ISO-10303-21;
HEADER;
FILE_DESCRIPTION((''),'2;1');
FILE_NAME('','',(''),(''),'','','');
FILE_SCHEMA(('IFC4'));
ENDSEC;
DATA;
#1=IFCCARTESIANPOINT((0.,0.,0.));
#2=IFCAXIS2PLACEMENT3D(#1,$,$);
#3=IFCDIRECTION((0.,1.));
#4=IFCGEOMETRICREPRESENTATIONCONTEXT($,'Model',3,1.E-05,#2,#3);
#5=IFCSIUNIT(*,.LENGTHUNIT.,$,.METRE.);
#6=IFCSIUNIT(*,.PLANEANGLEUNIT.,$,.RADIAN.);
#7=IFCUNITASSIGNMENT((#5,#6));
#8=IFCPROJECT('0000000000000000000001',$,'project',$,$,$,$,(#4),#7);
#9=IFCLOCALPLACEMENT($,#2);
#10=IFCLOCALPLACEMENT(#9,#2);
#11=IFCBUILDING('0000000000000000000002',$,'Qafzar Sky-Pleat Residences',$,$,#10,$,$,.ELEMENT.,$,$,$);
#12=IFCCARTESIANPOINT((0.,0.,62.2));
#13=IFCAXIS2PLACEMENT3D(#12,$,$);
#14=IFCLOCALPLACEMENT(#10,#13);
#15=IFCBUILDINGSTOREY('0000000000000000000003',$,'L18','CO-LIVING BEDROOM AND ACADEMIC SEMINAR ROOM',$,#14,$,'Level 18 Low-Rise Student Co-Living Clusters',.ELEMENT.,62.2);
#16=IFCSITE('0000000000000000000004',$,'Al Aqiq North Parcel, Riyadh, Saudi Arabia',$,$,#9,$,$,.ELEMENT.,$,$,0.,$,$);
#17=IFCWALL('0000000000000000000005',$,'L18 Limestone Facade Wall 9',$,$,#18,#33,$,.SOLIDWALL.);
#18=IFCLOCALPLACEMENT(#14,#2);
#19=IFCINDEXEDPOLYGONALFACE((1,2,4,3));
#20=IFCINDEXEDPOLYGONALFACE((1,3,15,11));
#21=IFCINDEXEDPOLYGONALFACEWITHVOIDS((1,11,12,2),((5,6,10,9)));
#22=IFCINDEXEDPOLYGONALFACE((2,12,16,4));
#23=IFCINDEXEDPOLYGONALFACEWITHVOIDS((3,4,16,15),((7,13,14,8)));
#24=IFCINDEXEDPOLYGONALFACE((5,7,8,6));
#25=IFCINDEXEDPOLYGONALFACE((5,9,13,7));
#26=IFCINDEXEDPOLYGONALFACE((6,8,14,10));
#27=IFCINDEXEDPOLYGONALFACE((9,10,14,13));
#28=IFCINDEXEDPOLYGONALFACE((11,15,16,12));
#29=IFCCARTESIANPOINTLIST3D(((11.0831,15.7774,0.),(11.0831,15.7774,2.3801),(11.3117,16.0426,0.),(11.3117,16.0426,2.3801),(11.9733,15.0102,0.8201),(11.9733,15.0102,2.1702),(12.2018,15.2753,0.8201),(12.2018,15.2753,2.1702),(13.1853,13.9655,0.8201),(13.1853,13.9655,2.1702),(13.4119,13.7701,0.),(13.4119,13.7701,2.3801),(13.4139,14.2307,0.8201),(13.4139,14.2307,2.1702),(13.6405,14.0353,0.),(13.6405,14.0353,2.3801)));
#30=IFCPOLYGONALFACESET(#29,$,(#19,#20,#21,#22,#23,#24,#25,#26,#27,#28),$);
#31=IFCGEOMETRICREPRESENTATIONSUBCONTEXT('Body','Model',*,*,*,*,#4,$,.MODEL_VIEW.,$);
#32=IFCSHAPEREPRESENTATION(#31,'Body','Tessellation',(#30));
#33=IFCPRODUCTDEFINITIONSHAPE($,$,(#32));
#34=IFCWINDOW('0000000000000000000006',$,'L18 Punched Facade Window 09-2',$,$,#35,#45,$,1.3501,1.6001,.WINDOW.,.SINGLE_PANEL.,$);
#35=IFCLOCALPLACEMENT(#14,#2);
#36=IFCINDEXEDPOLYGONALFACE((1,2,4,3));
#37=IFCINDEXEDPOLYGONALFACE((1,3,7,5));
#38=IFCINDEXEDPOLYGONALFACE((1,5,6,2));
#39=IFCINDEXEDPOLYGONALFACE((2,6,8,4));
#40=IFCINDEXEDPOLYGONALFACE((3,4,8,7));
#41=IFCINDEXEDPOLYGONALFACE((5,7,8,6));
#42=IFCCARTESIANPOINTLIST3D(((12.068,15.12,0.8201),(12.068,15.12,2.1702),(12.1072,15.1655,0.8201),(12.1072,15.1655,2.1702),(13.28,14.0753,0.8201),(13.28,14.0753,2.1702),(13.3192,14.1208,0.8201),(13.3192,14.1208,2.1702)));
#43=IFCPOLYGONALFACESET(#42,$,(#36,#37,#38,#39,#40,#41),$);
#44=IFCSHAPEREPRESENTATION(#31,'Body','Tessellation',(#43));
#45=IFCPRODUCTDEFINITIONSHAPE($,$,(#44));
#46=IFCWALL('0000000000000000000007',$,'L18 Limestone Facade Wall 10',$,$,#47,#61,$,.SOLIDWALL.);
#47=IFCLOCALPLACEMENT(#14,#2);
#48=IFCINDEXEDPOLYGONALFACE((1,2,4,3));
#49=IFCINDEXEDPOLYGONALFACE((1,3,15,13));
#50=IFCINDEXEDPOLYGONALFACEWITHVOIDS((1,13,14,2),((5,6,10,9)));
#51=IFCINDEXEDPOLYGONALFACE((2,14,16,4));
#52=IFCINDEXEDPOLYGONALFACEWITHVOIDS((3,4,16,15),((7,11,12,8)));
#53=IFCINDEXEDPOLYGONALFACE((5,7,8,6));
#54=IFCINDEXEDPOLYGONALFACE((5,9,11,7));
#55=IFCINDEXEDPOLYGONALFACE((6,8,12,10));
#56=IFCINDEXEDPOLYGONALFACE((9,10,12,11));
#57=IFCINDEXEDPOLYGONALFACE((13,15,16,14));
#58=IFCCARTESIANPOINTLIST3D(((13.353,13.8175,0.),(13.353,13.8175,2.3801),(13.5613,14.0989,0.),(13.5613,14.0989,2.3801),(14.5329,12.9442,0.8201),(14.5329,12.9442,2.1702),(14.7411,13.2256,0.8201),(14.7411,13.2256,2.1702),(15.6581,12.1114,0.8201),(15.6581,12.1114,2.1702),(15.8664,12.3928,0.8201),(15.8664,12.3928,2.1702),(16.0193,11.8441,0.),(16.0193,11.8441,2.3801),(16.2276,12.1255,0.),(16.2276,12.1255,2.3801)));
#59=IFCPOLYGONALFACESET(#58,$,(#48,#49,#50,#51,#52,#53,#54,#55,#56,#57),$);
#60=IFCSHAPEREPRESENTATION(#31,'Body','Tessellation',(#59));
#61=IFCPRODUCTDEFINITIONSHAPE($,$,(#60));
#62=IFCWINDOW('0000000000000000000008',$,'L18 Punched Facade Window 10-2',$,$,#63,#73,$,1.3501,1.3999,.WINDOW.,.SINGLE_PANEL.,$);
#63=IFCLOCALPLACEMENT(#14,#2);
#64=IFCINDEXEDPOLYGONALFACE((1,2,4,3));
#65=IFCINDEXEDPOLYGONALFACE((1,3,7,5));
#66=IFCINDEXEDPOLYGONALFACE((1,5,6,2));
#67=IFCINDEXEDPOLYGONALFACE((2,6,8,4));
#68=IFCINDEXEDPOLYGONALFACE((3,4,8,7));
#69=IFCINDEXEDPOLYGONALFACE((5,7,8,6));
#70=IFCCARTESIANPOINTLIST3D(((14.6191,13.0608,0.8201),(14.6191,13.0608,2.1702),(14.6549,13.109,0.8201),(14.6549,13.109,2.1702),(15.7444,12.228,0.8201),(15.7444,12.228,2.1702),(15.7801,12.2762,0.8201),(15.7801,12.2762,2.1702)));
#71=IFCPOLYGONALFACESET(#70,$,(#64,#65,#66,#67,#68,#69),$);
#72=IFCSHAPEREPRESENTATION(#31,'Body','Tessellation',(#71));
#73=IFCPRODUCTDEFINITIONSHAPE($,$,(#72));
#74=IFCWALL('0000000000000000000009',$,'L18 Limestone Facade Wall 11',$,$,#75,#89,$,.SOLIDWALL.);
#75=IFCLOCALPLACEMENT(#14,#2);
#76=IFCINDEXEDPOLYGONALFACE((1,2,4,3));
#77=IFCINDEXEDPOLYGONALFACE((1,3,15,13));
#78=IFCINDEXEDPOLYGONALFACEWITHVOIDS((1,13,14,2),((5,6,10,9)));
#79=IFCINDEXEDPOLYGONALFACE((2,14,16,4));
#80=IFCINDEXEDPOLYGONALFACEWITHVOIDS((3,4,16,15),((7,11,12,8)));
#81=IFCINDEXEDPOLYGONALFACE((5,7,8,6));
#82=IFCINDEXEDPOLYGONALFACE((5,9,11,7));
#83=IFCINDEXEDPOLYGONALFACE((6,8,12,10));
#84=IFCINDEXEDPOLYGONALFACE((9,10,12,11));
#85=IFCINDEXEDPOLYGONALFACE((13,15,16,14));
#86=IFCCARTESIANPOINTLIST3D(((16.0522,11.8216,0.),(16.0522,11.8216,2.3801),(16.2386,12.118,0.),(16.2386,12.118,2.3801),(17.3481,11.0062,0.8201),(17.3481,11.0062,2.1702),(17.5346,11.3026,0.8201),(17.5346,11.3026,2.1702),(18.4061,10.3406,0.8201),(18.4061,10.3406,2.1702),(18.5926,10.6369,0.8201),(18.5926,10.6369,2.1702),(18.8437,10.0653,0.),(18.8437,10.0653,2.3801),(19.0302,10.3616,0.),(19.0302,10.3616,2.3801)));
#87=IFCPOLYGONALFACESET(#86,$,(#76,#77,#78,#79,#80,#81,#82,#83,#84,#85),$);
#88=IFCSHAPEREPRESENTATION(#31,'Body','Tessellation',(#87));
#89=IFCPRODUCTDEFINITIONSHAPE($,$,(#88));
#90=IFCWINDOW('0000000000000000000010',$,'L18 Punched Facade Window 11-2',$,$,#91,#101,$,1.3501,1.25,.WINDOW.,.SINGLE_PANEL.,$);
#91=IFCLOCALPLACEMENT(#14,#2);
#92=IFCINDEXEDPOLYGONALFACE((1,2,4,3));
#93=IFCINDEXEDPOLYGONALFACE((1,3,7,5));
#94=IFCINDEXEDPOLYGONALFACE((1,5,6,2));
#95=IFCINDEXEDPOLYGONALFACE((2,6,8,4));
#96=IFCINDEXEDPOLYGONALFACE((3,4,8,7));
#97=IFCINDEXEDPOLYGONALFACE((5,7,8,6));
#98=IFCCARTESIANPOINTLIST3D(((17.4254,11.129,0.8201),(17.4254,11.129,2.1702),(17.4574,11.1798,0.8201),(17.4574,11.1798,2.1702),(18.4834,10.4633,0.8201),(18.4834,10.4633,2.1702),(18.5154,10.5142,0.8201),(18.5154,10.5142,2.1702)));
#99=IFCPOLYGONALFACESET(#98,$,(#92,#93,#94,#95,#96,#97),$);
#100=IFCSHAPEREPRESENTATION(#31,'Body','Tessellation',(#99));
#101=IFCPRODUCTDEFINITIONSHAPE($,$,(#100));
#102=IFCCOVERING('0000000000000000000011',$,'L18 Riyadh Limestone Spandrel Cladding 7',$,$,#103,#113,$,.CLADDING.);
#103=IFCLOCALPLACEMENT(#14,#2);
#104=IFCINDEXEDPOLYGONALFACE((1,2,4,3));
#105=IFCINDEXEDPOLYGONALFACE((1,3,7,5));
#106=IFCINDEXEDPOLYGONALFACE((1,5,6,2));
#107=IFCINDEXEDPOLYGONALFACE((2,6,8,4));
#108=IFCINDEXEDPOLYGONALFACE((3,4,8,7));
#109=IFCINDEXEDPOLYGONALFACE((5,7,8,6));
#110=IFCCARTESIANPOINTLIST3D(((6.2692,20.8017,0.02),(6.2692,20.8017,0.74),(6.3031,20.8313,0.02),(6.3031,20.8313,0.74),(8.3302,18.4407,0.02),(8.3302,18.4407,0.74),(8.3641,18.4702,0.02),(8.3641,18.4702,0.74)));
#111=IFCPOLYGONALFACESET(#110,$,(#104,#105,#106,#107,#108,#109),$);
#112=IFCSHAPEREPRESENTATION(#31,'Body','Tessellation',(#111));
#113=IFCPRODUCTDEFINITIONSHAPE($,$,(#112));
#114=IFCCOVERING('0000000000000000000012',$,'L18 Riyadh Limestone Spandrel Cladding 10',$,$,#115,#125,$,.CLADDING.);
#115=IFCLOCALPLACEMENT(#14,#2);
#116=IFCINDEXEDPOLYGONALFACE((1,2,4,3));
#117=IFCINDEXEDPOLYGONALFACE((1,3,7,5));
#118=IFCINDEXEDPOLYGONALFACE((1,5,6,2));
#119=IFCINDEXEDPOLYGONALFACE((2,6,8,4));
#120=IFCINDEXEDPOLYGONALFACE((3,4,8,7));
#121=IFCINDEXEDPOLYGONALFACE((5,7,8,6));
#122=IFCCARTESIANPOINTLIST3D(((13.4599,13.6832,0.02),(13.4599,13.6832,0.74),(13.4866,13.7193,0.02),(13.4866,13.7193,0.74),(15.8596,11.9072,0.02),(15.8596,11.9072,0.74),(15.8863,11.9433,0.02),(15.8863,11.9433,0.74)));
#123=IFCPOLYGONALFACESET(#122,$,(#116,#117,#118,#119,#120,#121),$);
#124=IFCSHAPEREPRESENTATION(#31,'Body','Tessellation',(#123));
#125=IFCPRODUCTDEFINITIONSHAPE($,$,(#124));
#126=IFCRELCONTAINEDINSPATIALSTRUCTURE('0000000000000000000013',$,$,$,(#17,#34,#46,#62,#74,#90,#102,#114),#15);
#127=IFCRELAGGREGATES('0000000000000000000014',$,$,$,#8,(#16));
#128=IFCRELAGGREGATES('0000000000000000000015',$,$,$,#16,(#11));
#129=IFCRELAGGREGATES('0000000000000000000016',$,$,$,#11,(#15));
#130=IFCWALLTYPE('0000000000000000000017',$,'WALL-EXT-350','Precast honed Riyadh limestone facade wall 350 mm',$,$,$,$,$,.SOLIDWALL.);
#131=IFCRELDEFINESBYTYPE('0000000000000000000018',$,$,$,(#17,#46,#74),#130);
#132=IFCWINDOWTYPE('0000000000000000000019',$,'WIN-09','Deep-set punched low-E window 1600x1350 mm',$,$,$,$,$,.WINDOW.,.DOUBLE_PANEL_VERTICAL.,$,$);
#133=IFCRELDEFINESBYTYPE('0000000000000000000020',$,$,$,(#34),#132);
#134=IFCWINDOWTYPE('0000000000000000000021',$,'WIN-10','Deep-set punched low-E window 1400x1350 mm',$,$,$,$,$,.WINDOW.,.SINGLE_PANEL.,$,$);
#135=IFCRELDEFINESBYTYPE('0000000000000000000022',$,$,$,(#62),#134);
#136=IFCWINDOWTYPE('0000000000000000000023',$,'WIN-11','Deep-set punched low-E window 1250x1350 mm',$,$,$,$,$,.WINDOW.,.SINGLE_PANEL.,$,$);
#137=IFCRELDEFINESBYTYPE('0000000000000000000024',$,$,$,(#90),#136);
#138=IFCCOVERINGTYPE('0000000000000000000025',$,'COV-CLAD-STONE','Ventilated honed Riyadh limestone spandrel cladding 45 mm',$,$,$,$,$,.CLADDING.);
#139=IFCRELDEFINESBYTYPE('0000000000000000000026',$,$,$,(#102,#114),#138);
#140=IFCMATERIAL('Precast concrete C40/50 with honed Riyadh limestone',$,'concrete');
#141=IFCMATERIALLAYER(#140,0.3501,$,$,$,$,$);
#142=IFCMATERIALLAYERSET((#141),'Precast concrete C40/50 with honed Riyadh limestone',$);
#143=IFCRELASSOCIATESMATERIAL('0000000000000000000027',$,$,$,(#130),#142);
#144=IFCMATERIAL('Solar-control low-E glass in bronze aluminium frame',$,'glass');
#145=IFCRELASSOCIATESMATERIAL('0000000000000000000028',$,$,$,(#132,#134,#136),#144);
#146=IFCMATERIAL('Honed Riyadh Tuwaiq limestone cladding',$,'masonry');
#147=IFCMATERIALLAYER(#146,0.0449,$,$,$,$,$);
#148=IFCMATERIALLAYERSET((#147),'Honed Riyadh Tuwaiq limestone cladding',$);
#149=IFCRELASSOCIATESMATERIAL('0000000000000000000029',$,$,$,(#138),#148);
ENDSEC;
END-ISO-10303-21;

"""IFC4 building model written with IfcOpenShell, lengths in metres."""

from ifc_helpers import new_model, si_unit, direction, frame, frame_2d, origin, origin_2d, place, context, subcontext, project, spatial, rectangle, extrude, source, transform, mapped, material, layer, layer_set, type_object, element, fill, save


model = new_model("IFC4")

# Units and contexts
model_context = context("Model", 3, precision=1e-05, world=origin(), true_north=direction((0.0, 1.0)))
body_context = subcontext(model_context, "Body", "Model", "MODEL_VIEW")
ifc_project = project(units=[si_unit("LENGTHUNIT", "METRE"), si_unit("PLANEANGLEUNIT", "RADIAN")], contexts=[model_context])

# Site, building, storey
site_placement = place(None, origin())
site = spatial("IfcSite", under=ifc_project, at=site_placement, Name="Al Aqiq North Parcel, Riyadh, Saudi Arabia", CompositionType="ELEMENT", RefElevation=0.0)
building_placement = place(site_placement, origin())
building = spatial("IfcBuilding", under=site, at=building_placement, Name="Qafzar Sky-Pleat Residences", CompositionType="ELEMENT")
storey_placement = place(building_placement, frame((0.0, 0.0, 62.2)))
storey = spatial("IfcBuildingStorey", under=building, at=storey_placement, Name="L18", Description="CO-LIVING BEDROOM AND ACADEMIC SEMINAR ROOM", LongName="Level 18 Low-Rise Student Co-Living Clusters", CompositionType="ELEMENT", Elevation=62.2)

# Shared definitions
ifc_material_1 = material(Name="Precast concrete C40/50 with honed Riyadh limestone", Category="concrete")
ifc_layer_1 = layer(ifc_material_1, 0.3501)
ifc_layer_set_1 = layer_set([ifc_layer_1], Name="Precast concrete C40/50 with honed Riyadh limestone")
wall_type_1 = type_object("IfcWallType", Name="WALL-EXT-350", Description="Precast honed Riyadh limestone facade wall 350 mm", PredefinedType="SOLIDWALL", material=ifc_layer_set_1)
ifc_material_2 = material(Name="Solar-control low-E glass in bronze aluminium frame", Category="glass")

# Walls, openings, windows
wall_1_placement = place(storey_placement, frame((11.1975, 15.9099, 0.0), z_axis=(0.0, 0.0, 1.0), x_axis=(0.75746, -0.652882, 0.0)))
wall_1 = element("IfcWall", 1, at=wall_1_placement, inside=storey, type_object=wall_type_1, Name="L18 Limestone Facade Wall 9", PredefinedType="SOLIDWALL", context=body_context, shape_type="SweptSolid", body=[
    extrude(rectangle(XDim=3.0745, YDim=0.3501, at=frame_2d((1.5371, 0.0))), origin(), (0.0, 0.0, 1.0), 2.3801),
])
opening_1_placement = place(wall_1_placement, frame((1.175, 0.0, 0.8201)))
opening_1 = element("IfcOpeningElement", 2, at=opening_1_placement, cuts=wall_1, PredefinedType="OPENING", context=body_context, shape_type="SweptSolid", body=[
    extrude(rectangle(XDim=1.6001, YDim=1.3501, at=frame_2d((0.8, 0.675))), frame((0.0, 0.1851, 0.0), z_axis=(0.0, -1.0, 0.0), x_axis=(1.0, 0.0, 0.0)), (0.0, 0.0, 1.0), 0.3701),
])
window_type_1 = type_object("IfcWindowType", Name="WIN-09", Description="Deep-set punched low-E window 1600x1350 mm", PartitioningType="DOUBLE_PANEL_VERTICAL", PredefinedType="WINDOW", material=ifc_material_2)
shared_shape_1 = source(origin(), body_context, "Body", "SweptSolid", [
    extrude(rectangle(XDim=1.6001, YDim=1.3501, at=frame_2d((0.8, 0.675))), frame((0.0, 0.03, 0.0), z_axis=(0.0, -1.0, 0.0), x_axis=(1.0, 0.0, 0.0)), (0.0, 0.0, 1.0), 0.0601),
])
window_1_placement = place(opening_1_placement, origin())
window_1 = element("IfcWindow", 3, at=window_1_placement, inside=storey, type_object=window_type_1, Name="L18 Punched Facade Window 09-2", OverallHeight=1.3501, OverallWidth=1.6001, PartitioningType="SINGLE_PANEL", PredefinedType="WINDOW", context=body_context, shape_type="MappedRepresentation", body=[
    mapped(shared_shape_1, transform((0.0, 0.0, 0.0), x_axis=(1.0, 0.0, 0.0), y_axis=(0.0, 1.0, 0.0), z_axis=(0.0, 0.0, 1.0), scale=1.0)),
])
fill(opening_1, window_1)
wall_2_placement = place(storey_placement, frame((13.457, 13.9583, 0.0), z_axis=(0.0, 0.0, 1.0), x_axis=(0.803791, -0.594912, 0.0)))
wall_2 = element("IfcWall", 4, at=wall_2_placement, inside=storey, type_object=wall_type_1, Name="L18 Limestone Facade Wall 10", PredefinedType="SOLIDWALL", context=body_context, shape_type="SweptSolid", body=[
    extrude(rectangle(XDim=3.3171, YDim=0.3501, at=frame_2d((1.6587, 0.0))), origin(), (0.0, 0.0, 1.0), 2.3801),
])
opening_2_placement = place(wall_2_placement, frame((1.468, 0.0, 0.8201)))
opening_2 = element("IfcOpeningElement", 5, at=opening_2_placement, cuts=wall_2, PredefinedType="OPENING", context=body_context, shape_type="SweptSolid", body=[
    extrude(rectangle(XDim=1.3999, YDim=1.3501, at=frame_2d((0.7, 0.675))), frame((0.0, 0.1851, 0.0), z_axis=(0.0, -1.0, 0.0), x_axis=(1.0, 0.0, 0.0)), (0.0, 0.0, 1.0), 0.3701),
])
window_type_2 = type_object("IfcWindowType", Name="WIN-10", Description="Deep-set punched low-E window 1400x1350 mm", PartitioningType="SINGLE_PANEL", PredefinedType="WINDOW", material=ifc_material_2)
shared_shape_2 = source(origin(), body_context, "Body", "SweptSolid", [
    extrude(rectangle(XDim=1.3999, YDim=1.3501, at=frame_2d((0.7, 0.675))), frame((0.0, 0.03, 0.0), z_axis=(0.0, -1.0, 0.0), x_axis=(1.0, 0.0, 0.0)), (0.0, 0.0, 1.0), 0.0601),
])
window_2_placement = place(opening_2_placement, origin())
window_2 = element("IfcWindow", 6, at=window_2_placement, inside=storey, type_object=window_type_2, Name="L18 Punched Facade Window 10-2", OverallHeight=1.3501, OverallWidth=1.3999, PartitioningType="SINGLE_PANEL", PredefinedType="WINDOW", context=body_context, shape_type="MappedRepresentation", body=[
    mapped(shared_shape_2, transform((0.0, 0.0, 0.0), x_axis=(1.0, 0.0, 0.0), y_axis=(0.0, 1.0, 0.0), z_axis=(0.0, 0.0, 1.0), scale=1.0)),
])
fill(opening_2, window_2)
wall_3_placement = place(storey_placement, frame((16.1455, 11.9697, 0.0), z_axis=(0.0, 0.0, 1.0), x_axis=(0.846406, -0.532538, 0.0)))
wall_3 = element("IfcWall", 7, at=wall_3_placement, inside=storey, type_object=wall_type_1, Name="L18 Limestone Facade Wall 11", PredefinedType="SOLIDWALL", context=body_context, shape_type="SweptSolid", body=[
    extrude(rectangle(XDim=3.2981, YDim=0.3501, at=frame_2d((1.6489, 0.0))), origin(), (0.0, 0.0, 1.0), 2.3801),
])
opening_3_placement = place(wall_3_placement, frame((1.531, 0.0, 0.8201)))
opening_3 = element("IfcOpeningElement", 8, at=opening_3_placement, cuts=wall_3, PredefinedType="OPENING", context=body_context, shape_type="SweptSolid", body=[
    extrude(rectangle(XDim=1.25, YDim=1.3501, at=frame_2d((0.625, 0.675))), frame((0.0, 0.1851, 0.0), z_axis=(0.0, -1.0, 0.0), x_axis=(1.0, 0.0, 0.0)), (0.0, 0.0, 1.0), 0.3701),
])
window_type_3 = type_object("IfcWindowType", Name="WIN-11", Description="Deep-set punched low-E window 1250x1350 mm", PartitioningType="SINGLE_PANEL", PredefinedType="WINDOW", material=ifc_material_2)
shared_shape_3 = source(origin(), body_context, "Body", "SweptSolid", [
    extrude(rectangle(XDim=1.25, YDim=1.3501, at=frame_2d((0.625, 0.675))), frame((0.0, 0.03, 0.0), z_axis=(0.0, -1.0, 0.0), x_axis=(1.0, 0.0, 0.0)), (0.0, 0.0, 1.0), 0.0601),
])
window_3_placement = place(opening_3_placement, origin())
window_3 = element("IfcWindow", 9, at=window_3_placement, inside=storey, type_object=window_type_3, Name="L18 Punched Facade Window 11-2", OverallHeight=1.3501, OverallWidth=1.25, PartitioningType="SINGLE_PANEL", PredefinedType="WINDOW", context=body_context, shape_type="MappedRepresentation", body=[
    mapped(shared_shape_3, transform((0.0, 0.0, 0.0), x_axis=(1.0, 0.0, 0.0), y_axis=(0.0, 1.0, 0.0), z_axis=(0.0, 0.0, 1.0), scale=1.0)),
])
fill(opening_3, window_3)

# Coverings
ifc_material_3 = material(Name="Honed Riyadh Tuwaiq limestone cladding", Category="masonry")
ifc_layer_2 = layer(ifc_material_3, 0.0449)
ifc_layer_set_2 = layer_set([ifc_layer_2], Name="Honed Riyadh Tuwaiq limestone cladding")
covering_type = type_object("IfcCoveringType", Name="COV-CLAD-STONE", Description="Ventilated honed Riyadh limestone spandrel cladding 45 mm", PredefinedType="CLADDING", material=ifc_layer_set_2)
shared_shape_4 = source(origin(), body_context, "Body", "SweptSolid", [
    extrude(rectangle(XDim=3.134, YDim=0.0449, at=origin_2d()), origin(), (0.0, 0.0, 1.0), 0.72),
])
covering_1_placement = place(storey_placement, frame((7.3167, 19.636, 0.02), z_axis=(0.0, 0.0, 1.0), x_axis=(0.657614, -0.753355, 0.0)))
element("IfcCovering", 10, at=covering_1_placement, inside=storey, type_object=covering_type, Name="L18 Riyadh Limestone Spandrel Cladding 7", PredefinedType="CLADDING", context=body_context, shape_type="MappedRepresentation", body=[
    mapped(shared_shape_4, transform((0.0, 0.0, 0.0), x_axis=(1.0, 0.0, 0.0), y_axis=(0.0, 1.0, 0.0), z_axis=(0.0, 0.0, 1.0), scale=1.0)),
])
shared_shape_5 = source(origin(), body_context, "Body", "SweptSolid", [
    extrude(rectangle(XDim=2.9854, YDim=0.0449, at=origin_2d()), origin(), (0.0, 0.0, 1.0), 0.72),
])
covering_2_placement = place(storey_placement, frame((14.6731, 12.8132, 0.02), z_axis=(0.0, 0.0, 1.0), x_axis=(0.803808, -0.594889, 0.0)))
element("IfcCovering", 11, at=covering_2_placement, inside=storey, type_object=covering_type, Name="L18 Riyadh Limestone Spandrel Cladding 10", PredefinedType="CLADDING", context=body_context, shape_type="MappedRepresentation", body=[
    mapped(shared_shape_5, transform((0.0, 0.0, 0.0), x_axis=(1.0, 0.0, 0.0), y_axis=(0.0, 1.0, 0.0), z_axis=(0.0, 0.0, 1.0), scale=1.0)),
])

save(model, "model.ifc")
